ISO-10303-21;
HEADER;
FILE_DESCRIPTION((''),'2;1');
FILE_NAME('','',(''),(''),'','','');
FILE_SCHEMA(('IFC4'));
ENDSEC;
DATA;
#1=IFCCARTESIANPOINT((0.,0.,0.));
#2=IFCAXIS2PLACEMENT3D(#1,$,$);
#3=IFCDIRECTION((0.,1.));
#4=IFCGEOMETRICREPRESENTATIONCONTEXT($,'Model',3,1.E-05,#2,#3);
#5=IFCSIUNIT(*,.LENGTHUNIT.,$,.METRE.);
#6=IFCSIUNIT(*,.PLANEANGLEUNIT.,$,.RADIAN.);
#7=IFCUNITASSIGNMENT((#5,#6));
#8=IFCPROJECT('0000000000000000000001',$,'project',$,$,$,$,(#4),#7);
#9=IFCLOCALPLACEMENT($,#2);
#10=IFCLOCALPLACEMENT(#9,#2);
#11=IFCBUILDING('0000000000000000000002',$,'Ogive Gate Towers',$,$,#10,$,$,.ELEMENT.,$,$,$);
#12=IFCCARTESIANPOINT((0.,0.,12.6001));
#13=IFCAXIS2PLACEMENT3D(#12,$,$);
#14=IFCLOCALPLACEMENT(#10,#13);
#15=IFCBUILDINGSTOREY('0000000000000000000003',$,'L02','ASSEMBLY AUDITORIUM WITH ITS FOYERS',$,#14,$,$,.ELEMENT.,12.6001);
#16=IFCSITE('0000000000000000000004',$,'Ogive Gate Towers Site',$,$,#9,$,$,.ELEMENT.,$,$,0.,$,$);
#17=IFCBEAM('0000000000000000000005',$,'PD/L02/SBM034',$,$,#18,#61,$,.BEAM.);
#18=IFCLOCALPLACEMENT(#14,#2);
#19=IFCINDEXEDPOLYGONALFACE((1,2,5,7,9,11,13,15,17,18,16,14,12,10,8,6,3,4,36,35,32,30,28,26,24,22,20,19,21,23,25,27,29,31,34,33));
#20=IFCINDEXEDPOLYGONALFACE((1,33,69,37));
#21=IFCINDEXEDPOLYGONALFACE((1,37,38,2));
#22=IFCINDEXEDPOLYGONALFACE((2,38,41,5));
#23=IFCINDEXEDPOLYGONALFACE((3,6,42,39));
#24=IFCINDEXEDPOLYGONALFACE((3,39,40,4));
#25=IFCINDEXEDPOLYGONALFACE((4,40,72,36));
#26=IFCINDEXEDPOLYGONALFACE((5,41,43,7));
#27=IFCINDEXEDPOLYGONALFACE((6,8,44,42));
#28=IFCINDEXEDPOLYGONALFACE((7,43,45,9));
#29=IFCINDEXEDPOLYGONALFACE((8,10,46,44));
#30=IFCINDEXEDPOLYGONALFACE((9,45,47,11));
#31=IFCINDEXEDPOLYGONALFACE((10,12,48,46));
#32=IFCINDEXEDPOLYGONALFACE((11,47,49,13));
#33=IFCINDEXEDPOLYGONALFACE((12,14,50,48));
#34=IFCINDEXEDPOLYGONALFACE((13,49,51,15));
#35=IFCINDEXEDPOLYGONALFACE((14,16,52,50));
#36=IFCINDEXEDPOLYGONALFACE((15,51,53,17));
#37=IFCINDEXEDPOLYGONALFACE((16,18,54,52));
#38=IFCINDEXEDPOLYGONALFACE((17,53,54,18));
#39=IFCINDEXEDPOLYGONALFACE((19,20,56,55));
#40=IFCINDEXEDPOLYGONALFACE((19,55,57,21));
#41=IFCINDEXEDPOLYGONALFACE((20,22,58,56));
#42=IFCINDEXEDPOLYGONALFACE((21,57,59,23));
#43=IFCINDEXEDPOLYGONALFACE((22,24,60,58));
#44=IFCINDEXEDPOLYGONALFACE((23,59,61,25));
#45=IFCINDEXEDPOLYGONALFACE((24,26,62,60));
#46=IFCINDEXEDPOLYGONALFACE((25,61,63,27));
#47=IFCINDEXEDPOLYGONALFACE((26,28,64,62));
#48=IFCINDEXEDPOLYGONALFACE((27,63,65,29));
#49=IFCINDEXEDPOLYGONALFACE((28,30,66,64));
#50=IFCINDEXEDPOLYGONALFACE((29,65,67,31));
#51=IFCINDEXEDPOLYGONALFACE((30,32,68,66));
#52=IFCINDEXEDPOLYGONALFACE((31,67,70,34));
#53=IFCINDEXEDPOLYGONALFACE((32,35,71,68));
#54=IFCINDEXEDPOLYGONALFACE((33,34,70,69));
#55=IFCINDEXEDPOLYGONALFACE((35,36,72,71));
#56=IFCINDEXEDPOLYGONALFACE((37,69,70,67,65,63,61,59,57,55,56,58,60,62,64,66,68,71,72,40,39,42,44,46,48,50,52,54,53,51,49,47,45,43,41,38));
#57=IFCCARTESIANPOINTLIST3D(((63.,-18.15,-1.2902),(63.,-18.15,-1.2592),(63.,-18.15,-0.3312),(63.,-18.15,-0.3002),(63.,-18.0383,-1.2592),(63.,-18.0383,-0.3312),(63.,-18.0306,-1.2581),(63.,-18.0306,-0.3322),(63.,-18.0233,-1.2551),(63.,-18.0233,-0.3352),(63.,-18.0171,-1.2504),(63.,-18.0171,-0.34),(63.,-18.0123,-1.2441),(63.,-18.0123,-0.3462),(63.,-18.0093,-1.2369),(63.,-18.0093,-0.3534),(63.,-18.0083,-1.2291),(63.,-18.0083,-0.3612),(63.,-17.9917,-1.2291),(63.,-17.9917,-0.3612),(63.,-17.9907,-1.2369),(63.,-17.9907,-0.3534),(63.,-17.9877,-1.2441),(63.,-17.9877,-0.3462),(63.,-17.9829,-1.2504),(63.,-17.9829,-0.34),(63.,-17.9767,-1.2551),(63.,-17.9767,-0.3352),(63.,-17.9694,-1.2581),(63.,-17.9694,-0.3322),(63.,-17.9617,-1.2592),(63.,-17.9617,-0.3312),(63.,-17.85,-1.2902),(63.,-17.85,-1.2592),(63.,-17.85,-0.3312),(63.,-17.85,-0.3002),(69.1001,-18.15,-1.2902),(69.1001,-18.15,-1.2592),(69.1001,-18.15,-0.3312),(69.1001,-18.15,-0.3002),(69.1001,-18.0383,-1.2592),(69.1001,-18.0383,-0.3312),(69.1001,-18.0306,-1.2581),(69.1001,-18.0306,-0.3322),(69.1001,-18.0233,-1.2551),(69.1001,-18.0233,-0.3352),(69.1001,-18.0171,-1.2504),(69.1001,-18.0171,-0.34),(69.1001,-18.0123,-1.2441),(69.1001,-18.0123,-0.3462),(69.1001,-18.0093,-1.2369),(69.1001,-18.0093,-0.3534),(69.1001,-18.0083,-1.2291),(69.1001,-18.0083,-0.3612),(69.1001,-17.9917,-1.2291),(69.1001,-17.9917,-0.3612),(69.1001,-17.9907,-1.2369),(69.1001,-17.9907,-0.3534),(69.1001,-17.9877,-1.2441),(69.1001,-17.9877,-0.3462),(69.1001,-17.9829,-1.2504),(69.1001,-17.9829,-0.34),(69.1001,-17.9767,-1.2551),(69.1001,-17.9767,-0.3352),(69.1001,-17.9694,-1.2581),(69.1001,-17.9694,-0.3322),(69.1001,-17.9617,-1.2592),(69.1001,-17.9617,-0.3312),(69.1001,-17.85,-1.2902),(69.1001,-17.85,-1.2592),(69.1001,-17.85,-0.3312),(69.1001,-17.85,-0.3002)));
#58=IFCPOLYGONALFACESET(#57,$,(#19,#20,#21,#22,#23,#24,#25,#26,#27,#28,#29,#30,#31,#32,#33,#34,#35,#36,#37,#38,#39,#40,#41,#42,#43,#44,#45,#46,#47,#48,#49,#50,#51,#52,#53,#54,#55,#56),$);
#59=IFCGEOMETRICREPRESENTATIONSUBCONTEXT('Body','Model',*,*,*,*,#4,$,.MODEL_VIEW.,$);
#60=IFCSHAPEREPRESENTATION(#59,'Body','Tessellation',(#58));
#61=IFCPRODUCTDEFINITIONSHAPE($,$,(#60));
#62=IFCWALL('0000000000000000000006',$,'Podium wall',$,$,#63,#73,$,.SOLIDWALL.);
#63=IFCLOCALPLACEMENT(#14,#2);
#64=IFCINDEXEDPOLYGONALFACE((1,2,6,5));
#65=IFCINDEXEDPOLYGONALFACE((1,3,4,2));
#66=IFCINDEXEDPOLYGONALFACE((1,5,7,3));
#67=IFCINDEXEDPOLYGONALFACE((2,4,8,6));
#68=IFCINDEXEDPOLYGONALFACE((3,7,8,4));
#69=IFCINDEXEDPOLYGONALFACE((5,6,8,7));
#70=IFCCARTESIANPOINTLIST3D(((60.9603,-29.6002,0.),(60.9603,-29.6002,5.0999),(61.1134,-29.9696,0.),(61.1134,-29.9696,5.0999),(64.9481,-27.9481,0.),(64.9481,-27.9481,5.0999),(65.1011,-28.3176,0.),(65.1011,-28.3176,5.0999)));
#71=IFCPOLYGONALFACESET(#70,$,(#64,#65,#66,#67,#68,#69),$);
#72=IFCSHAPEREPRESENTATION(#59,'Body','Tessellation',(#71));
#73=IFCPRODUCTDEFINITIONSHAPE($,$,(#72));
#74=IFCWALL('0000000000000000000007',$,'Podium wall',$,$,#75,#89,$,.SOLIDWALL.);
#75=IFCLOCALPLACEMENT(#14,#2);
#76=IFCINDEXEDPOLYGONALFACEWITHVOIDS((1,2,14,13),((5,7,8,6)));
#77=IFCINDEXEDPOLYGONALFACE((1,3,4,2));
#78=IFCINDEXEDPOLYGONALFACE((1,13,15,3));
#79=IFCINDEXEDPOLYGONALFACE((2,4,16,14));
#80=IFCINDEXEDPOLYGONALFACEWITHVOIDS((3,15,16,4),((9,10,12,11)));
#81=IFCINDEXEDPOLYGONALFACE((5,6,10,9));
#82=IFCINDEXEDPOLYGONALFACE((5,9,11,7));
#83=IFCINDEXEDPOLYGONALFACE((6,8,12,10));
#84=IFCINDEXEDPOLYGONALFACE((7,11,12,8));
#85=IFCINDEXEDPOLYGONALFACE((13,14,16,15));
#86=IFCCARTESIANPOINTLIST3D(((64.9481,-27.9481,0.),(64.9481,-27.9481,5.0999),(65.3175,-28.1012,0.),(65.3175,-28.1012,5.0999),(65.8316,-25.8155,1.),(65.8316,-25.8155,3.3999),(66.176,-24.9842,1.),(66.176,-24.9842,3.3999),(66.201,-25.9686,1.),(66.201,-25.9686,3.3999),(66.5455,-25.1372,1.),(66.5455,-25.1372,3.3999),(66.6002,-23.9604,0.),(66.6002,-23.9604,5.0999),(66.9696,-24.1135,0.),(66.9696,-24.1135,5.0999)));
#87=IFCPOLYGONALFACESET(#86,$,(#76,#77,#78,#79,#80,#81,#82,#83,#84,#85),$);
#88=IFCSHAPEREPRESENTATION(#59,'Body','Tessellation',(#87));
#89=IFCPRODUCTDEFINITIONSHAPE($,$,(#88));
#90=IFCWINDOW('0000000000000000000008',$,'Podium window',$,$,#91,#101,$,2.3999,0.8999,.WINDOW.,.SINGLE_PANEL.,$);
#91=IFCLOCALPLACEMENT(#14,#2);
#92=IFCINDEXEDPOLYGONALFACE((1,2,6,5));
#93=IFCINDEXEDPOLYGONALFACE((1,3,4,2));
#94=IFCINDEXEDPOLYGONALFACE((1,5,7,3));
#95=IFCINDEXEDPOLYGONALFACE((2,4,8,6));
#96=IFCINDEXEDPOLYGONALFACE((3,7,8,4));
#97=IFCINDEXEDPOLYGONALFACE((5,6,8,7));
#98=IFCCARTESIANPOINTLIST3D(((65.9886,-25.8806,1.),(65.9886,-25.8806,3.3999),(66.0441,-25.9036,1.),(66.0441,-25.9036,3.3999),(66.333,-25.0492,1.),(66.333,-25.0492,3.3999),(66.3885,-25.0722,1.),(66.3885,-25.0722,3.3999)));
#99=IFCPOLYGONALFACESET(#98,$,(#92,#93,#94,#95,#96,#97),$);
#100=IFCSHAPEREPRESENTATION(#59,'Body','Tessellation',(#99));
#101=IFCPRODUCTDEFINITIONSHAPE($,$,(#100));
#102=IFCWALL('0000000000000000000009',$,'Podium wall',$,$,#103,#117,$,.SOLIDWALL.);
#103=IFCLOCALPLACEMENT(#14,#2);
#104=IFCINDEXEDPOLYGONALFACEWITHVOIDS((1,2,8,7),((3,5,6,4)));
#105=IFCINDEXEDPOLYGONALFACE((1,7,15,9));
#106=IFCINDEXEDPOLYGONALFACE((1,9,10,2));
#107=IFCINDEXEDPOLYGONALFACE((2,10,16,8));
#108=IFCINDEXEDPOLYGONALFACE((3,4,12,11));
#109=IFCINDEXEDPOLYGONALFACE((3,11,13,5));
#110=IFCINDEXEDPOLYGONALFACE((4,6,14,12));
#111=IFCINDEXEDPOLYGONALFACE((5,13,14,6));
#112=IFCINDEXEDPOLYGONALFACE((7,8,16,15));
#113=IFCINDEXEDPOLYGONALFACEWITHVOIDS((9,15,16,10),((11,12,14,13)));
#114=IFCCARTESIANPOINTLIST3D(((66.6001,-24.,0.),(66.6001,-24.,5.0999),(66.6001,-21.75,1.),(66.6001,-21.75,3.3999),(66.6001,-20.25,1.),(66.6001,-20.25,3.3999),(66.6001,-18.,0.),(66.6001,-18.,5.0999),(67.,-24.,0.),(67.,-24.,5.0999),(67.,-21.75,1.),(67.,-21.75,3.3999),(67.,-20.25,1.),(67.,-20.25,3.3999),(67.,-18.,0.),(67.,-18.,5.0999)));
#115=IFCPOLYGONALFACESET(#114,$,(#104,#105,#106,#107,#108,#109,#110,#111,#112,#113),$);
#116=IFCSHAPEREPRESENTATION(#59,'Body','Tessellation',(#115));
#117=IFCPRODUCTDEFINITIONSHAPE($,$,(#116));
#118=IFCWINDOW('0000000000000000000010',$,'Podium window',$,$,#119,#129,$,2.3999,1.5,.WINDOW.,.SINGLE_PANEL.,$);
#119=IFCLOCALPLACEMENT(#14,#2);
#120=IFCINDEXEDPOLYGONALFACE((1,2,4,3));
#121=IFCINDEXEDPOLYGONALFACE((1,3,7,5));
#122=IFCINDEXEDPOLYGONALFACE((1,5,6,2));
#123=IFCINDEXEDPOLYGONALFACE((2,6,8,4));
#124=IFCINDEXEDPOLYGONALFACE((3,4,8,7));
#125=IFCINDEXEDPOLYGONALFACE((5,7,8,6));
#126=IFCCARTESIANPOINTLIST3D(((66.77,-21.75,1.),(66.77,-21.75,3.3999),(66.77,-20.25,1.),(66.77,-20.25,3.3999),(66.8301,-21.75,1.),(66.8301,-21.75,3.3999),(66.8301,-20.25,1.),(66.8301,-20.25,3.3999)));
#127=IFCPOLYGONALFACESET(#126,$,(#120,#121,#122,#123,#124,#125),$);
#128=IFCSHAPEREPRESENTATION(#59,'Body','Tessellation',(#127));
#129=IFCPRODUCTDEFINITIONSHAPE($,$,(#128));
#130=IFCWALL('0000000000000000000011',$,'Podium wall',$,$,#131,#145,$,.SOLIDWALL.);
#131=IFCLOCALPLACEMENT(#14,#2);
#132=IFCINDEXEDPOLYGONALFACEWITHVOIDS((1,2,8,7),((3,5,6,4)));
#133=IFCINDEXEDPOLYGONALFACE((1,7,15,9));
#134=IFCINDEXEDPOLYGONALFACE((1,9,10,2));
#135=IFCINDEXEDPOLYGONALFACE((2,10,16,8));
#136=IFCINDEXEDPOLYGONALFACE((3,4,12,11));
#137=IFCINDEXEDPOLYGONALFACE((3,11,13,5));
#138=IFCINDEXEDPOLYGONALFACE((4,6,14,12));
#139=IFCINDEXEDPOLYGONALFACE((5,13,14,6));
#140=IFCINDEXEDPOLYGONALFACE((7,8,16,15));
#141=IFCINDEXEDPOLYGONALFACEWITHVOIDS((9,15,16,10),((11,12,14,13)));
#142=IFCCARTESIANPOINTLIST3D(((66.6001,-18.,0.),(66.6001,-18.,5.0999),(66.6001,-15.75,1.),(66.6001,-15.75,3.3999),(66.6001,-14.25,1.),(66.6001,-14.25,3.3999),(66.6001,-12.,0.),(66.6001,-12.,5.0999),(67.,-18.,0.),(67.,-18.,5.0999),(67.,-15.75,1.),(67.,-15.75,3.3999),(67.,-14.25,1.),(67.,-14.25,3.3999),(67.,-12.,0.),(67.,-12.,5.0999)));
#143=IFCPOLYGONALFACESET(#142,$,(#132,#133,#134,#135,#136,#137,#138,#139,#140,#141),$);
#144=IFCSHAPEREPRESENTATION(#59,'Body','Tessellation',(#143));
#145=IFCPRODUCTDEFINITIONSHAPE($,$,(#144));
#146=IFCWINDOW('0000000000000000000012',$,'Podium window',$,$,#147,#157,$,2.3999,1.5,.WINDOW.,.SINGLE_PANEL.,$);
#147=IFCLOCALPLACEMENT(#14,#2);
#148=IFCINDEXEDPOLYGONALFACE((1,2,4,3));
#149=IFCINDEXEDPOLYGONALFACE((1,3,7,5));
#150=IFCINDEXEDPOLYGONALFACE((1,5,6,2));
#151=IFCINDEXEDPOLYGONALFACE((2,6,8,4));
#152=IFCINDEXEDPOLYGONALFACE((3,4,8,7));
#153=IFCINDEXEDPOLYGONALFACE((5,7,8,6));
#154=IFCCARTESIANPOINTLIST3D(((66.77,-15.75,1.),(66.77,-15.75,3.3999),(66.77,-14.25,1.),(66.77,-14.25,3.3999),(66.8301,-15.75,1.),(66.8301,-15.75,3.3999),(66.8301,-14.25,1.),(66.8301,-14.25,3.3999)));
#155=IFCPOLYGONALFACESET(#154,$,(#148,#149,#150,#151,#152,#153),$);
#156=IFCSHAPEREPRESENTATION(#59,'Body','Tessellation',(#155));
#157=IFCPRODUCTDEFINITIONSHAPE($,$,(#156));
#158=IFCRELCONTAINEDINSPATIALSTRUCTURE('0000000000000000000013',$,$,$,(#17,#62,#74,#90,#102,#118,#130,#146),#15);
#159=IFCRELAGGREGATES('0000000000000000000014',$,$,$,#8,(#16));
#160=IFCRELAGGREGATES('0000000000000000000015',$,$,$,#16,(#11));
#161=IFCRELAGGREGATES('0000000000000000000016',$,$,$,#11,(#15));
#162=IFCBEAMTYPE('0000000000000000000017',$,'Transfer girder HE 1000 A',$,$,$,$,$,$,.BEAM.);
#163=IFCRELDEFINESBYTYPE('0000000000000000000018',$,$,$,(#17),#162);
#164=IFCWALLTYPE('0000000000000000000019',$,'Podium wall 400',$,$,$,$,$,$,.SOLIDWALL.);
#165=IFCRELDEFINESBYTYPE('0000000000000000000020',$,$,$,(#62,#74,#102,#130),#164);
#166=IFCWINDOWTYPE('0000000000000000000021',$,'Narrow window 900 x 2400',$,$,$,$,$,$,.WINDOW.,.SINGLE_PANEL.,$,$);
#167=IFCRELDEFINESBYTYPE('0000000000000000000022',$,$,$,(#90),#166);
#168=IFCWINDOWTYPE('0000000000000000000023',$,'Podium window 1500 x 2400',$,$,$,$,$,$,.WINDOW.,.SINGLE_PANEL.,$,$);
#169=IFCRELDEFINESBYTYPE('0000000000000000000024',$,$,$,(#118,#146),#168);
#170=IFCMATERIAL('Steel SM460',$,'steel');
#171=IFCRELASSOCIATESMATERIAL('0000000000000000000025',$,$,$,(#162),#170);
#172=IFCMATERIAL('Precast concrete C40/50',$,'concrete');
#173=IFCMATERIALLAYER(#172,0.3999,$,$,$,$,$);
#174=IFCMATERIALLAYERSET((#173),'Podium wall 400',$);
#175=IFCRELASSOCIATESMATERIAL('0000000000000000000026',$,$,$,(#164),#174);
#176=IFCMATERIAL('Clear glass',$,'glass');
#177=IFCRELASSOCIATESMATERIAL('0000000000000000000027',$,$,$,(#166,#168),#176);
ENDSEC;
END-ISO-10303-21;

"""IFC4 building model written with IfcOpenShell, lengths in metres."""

from ifc_helpers import new_model, si_unit, direction, frame, frame_2d, origin, origin_2d, place, context, subcontext, project, spatial, rectangle, i_section, extrude, material, layer, layer_set, material_profile, profile_set, type_object, element, fill, save


model = new_model("IFC4")

# Units and contexts
model_context = context("Model", 3, precision=1e-05, world=origin(), true_north=direction((0.0, 1.0)))
body_context = subcontext(model_context, "Body", "Model", "MODEL_VIEW")
ifc_project = project(units=[si_unit("LENGTHUNIT", "METRE"), si_unit("PLANEANGLEUNIT", "RADIAN")], contexts=[model_context])

# Site, building, storey
site_placement = place(None, origin())
site = spatial("IfcSite", under=ifc_project, at=site_placement, Name="Ogive Gate Towers Site", CompositionType="ELEMENT", RefElevation=0.0)
building_placement = place(site_placement, origin())
building = spatial("IfcBuilding", under=site, at=building_placement, Name="Ogive Gate Towers", CompositionType="ELEMENT")
storey_placement = place(building_placement, frame((0.0, 0.0, 12.6001)))
storey = spatial("IfcBuildingStorey", under=building, at=storey_placement, Name="L02", Description="ASSEMBLY AUDITORIUM WITH ITS FOYERS", CompositionType="ELEMENT", Elevation=12.6001)

# Beam
ifc_material_1 = material(Name="Steel SM460", Category="steel")
ifc_material_profile_1 = material_profile(ifc_material_1, i_section(OverallWidth=0.3, OverallDepth=0.99, WebThickness=0.0166, FlangeThickness=0.031, FilletRadius=0.03, at=origin_2d()), Name="HE 1000 A")
ifc_profile_set_1 = profile_set([ifc_material_profile_1], Name="Steel SM460")
beam_type_1 = type_object("IfcBeamType", Name="Transfer girder HE 1000 A", PredefinedType="BEAM", material=ifc_profile_set_1)
beam_1_placement = place(storey_placement, frame((63.0, -18.0, -0.7952), z_axis=(1.0, 0.0, 0.0), x_axis=(0.0, 1.0, 0.0)))
element("IfcBeam", 1, at=beam_1_placement, inside=storey, type_object=beam_type_1, Name="PD/L02/SBM034", PredefinedType="BEAM", context=body_context, shape_type="SweptSolid", body=[
    extrude(i_section(OverallWidth=0.3, OverallDepth=0.99, WebThickness=0.0166, FlangeThickness=0.031, FilletRadius=0.03, at=origin_2d()), origin(), (0.0, 0.0, 1.0), 6.1001),
])

# Wall
ifc_material_2 = material(Name="Precast concrete C40/50", Category="concrete")
ifc_layer = layer(ifc_material_2, 0.3999)
ifc_layer_set = layer_set([ifc_layer], Name="Podium wall 400")
wall_type = type_object("IfcWallType", Name="Podium wall 400", PredefinedType="SOLIDWALL", material=ifc_layer_set)
wall_1_placement = place(storey_placement, frame((61.0369, -29.7849, 0.0), z_axis=(0.0, 0.0, 1.0), x_axis=(0.923855, 0.382743, 0.0)))
element("IfcWall", 2, at=wall_1_placement, inside=storey, type_object=wall_type, Name="Podium wall", PredefinedType="SOLIDWALL", context=body_context, shape_type="SweptSolid", body=[
    extrude(rectangle(XDim=4.3164, YDim=0.3999, at=frame_2d((2.1582, 0.0))), origin(), (0.0, 0.0, 1.0), 5.0999),
])

# Walls, openings, windows
wall_2_placement = place(storey_placement, frame((65.1328, -28.0247, 0.0), z_axis=(0.0, 0.0, 1.0), x_axis=(0.382743, 0.923855, 0.0)))
wall_2 = element("IfcWall", 3, at=wall_2_placement, inside=storey, type_object=wall_type, Name="Podium wall", PredefinedType="SOLIDWALL", context=body_context, shape_type="SweptSolid", body=[
    extrude(rectangle(XDim=4.3164, YDim=0.3999, at=frame_2d((2.1582, 0.0))), origin(), (0.0, 0.0, 1.0), 5.0999),
])
opening_1_placement = place(wall_2_placement, frame((2.3083, 0.0, 1.0)))
opening_1 = element("IfcOpeningElement", 4, at=opening_1_placement, cuts=wall_2, PredefinedType="OPENING", context=body_context, shape_type="SweptSolid", body=[
    extrude(rectangle(XDim=0.8999, YDim=2.3999, at=frame_2d((0.45, 1.2))), frame((0.0, 0.21, 0.0), z_axis=(0.0, -1.0, 0.0), x_axis=(1.0, 0.0, 0.0)), (0.0, 0.0, 1.0), 0.4199),
])
ifc_material_3 = material(Name="Clear glass", Category="glass")
window_type_1 = type_object("IfcWindowType", Name="Narrow window 900 x 2400", PartitioningType="SINGLE_PANEL", PredefinedType="WINDOW", material=ifc_material_3)
window_1_placement = place(opening_1_placement, origin())
window_1 = element("IfcWindow", 5, at=window_1_placement, inside=storey, type_object=window_type_1, Name="Podium window", OverallHeight=2.3999, OverallWidth=0.8999, PartitioningType="SINGLE_PANEL", PredefinedType="WINDOW", context=body_context, shape_type="SweptSolid", body=[
    extrude(rectangle(XDim=0.8999, YDim=2.3999, at=frame_2d((0.45, 1.2))), frame((0.0, 0.03, 0.0), z_axis=(0.0, -1.0, 0.0), x_axis=(1.0, 0.0, 0.0)), (0.0, 0.0, 1.0), 0.0601),
])
fill(opening_1, window_1)
wall_3_placement = place(storey_placement, frame((66.8, -24.0, 0.0), z_axis=(0.0, 0.0, 1.0), x_axis=(0.0, 1.0, 0.0)))
wall_3 = element("IfcWall", 6, at=wall_3_placement, inside=storey, type_object=wall_type, Name="Podium wall", PredefinedType="SOLIDWALL", context=body_context, shape_type="SweptSolid", body=[
    extrude(rectangle(XDim=6.0, YDim=0.3999, at=frame_2d((3.0, 0.0))), origin(), (0.0, 0.0, 1.0), 5.0999),
])
opening_2_placement = place(wall_3_placement, frame((2.25, 0.0, 1.0)))
opening_2 = element("IfcOpeningElement", 7, at=opening_2_placement, cuts=wall_3, PredefinedType="OPENING", context=body_context, shape_type="SweptSolid", body=[
    extrude(rectangle(XDim=1.5, YDim=2.3999, at=frame_2d((0.75, 1.2))), frame((0.0, 0.21, 0.0), z_axis=(0.0, -1.0, 0.0), x_axis=(1.0, 0.0, 0.0)), (0.0, 0.0, 1.0), 0.4199),
])
window_type_2 = type_object("IfcWindowType", Name="Podium window 1500 x 2400", PartitioningType="SINGLE_PANEL", PredefinedType="WINDOW", material=ifc_material_3)
window_2_placement = place(opening_2_placement, origin())
window_2 = element("IfcWindow", 8, at=window_2_placement, inside=storey, type_object=window_type_2, Name="Podium window", OverallHeight=2.3999, OverallWidth=1.5, PartitioningType="SINGLE_PANEL", PredefinedType="WINDOW", context=body_context, shape_type="SweptSolid", body=[
    extrude(rectangle(XDim=1.5, YDim=2.3999, at=frame_2d((0.75, 1.2))), frame((0.0, 0.03, 0.0), z_axis=(0.0, -1.0, 0.0), x_axis=(1.0, 0.0, 0.0)), (0.0, 0.0, 1.0), 0.0601),
])
fill(opening_2, window_2)
wall_4_placement = place(storey_placement, frame((66.8, -18.0, 0.0), z_axis=(0.0, 0.0, 1.0), x_axis=(0.0, 1.0, 0.0)))
wall_4 = element("IfcWall", 9, at=wall_4_placement, inside=storey, type_object=wall_type, Name="Podium wall", PredefinedType="SOLIDWALL", context=body_context, shape_type="SweptSolid", body=[
    extrude(rectangle(XDim=6.0, YDim=0.3999, at=frame_2d((3.0, 0.0))), origin(), (0.0, 0.0, 1.0), 5.0999),
])
opening_3_placement = place(wall_4_placement, frame((2.25, 0.0, 1.0)))
opening_3 = element("IfcOpeningElement", 10, at=opening_3_placement, cuts=wall_4, PredefinedType="OPENING", context=body_context, shape_type="SweptSolid", body=[
    extrude(rectangle(XDim=1.5, YDim=2.3999, at=frame_2d((0.75, 1.2))), frame((0.0, 0.21, 0.0), z_axis=(0.0, -1.0, 0.0), x_axis=(1.0, 0.0, 0.0)), (0.0, 0.0, 1.0), 0.4199),
])
window_3_placement = place(opening_3_placement, origin())
window_3 = element("IfcWindow", 11, at=window_3_placement, inside=storey, type_object=window_type_2, Name="Podium window", OverallHeight=2.3999, OverallWidth=1.5, PartitioningType="SINGLE_PANEL", PredefinedType="WINDOW", context=body_context, shape_type="SweptSolid", body=[
    extrude(rectangle(XDim=1.5, YDim=2.3999, at=frame_2d((0.75, 1.2))), frame((0.0, 0.03, 0.0), z_axis=(0.0, -1.0, 0.0), x_axis=(1.0, 0.0, 0.0)), (0.0, 0.0, 1.0), 0.0601),
])
fill(opening_3, window_3)

save(model, "model.ifc")
